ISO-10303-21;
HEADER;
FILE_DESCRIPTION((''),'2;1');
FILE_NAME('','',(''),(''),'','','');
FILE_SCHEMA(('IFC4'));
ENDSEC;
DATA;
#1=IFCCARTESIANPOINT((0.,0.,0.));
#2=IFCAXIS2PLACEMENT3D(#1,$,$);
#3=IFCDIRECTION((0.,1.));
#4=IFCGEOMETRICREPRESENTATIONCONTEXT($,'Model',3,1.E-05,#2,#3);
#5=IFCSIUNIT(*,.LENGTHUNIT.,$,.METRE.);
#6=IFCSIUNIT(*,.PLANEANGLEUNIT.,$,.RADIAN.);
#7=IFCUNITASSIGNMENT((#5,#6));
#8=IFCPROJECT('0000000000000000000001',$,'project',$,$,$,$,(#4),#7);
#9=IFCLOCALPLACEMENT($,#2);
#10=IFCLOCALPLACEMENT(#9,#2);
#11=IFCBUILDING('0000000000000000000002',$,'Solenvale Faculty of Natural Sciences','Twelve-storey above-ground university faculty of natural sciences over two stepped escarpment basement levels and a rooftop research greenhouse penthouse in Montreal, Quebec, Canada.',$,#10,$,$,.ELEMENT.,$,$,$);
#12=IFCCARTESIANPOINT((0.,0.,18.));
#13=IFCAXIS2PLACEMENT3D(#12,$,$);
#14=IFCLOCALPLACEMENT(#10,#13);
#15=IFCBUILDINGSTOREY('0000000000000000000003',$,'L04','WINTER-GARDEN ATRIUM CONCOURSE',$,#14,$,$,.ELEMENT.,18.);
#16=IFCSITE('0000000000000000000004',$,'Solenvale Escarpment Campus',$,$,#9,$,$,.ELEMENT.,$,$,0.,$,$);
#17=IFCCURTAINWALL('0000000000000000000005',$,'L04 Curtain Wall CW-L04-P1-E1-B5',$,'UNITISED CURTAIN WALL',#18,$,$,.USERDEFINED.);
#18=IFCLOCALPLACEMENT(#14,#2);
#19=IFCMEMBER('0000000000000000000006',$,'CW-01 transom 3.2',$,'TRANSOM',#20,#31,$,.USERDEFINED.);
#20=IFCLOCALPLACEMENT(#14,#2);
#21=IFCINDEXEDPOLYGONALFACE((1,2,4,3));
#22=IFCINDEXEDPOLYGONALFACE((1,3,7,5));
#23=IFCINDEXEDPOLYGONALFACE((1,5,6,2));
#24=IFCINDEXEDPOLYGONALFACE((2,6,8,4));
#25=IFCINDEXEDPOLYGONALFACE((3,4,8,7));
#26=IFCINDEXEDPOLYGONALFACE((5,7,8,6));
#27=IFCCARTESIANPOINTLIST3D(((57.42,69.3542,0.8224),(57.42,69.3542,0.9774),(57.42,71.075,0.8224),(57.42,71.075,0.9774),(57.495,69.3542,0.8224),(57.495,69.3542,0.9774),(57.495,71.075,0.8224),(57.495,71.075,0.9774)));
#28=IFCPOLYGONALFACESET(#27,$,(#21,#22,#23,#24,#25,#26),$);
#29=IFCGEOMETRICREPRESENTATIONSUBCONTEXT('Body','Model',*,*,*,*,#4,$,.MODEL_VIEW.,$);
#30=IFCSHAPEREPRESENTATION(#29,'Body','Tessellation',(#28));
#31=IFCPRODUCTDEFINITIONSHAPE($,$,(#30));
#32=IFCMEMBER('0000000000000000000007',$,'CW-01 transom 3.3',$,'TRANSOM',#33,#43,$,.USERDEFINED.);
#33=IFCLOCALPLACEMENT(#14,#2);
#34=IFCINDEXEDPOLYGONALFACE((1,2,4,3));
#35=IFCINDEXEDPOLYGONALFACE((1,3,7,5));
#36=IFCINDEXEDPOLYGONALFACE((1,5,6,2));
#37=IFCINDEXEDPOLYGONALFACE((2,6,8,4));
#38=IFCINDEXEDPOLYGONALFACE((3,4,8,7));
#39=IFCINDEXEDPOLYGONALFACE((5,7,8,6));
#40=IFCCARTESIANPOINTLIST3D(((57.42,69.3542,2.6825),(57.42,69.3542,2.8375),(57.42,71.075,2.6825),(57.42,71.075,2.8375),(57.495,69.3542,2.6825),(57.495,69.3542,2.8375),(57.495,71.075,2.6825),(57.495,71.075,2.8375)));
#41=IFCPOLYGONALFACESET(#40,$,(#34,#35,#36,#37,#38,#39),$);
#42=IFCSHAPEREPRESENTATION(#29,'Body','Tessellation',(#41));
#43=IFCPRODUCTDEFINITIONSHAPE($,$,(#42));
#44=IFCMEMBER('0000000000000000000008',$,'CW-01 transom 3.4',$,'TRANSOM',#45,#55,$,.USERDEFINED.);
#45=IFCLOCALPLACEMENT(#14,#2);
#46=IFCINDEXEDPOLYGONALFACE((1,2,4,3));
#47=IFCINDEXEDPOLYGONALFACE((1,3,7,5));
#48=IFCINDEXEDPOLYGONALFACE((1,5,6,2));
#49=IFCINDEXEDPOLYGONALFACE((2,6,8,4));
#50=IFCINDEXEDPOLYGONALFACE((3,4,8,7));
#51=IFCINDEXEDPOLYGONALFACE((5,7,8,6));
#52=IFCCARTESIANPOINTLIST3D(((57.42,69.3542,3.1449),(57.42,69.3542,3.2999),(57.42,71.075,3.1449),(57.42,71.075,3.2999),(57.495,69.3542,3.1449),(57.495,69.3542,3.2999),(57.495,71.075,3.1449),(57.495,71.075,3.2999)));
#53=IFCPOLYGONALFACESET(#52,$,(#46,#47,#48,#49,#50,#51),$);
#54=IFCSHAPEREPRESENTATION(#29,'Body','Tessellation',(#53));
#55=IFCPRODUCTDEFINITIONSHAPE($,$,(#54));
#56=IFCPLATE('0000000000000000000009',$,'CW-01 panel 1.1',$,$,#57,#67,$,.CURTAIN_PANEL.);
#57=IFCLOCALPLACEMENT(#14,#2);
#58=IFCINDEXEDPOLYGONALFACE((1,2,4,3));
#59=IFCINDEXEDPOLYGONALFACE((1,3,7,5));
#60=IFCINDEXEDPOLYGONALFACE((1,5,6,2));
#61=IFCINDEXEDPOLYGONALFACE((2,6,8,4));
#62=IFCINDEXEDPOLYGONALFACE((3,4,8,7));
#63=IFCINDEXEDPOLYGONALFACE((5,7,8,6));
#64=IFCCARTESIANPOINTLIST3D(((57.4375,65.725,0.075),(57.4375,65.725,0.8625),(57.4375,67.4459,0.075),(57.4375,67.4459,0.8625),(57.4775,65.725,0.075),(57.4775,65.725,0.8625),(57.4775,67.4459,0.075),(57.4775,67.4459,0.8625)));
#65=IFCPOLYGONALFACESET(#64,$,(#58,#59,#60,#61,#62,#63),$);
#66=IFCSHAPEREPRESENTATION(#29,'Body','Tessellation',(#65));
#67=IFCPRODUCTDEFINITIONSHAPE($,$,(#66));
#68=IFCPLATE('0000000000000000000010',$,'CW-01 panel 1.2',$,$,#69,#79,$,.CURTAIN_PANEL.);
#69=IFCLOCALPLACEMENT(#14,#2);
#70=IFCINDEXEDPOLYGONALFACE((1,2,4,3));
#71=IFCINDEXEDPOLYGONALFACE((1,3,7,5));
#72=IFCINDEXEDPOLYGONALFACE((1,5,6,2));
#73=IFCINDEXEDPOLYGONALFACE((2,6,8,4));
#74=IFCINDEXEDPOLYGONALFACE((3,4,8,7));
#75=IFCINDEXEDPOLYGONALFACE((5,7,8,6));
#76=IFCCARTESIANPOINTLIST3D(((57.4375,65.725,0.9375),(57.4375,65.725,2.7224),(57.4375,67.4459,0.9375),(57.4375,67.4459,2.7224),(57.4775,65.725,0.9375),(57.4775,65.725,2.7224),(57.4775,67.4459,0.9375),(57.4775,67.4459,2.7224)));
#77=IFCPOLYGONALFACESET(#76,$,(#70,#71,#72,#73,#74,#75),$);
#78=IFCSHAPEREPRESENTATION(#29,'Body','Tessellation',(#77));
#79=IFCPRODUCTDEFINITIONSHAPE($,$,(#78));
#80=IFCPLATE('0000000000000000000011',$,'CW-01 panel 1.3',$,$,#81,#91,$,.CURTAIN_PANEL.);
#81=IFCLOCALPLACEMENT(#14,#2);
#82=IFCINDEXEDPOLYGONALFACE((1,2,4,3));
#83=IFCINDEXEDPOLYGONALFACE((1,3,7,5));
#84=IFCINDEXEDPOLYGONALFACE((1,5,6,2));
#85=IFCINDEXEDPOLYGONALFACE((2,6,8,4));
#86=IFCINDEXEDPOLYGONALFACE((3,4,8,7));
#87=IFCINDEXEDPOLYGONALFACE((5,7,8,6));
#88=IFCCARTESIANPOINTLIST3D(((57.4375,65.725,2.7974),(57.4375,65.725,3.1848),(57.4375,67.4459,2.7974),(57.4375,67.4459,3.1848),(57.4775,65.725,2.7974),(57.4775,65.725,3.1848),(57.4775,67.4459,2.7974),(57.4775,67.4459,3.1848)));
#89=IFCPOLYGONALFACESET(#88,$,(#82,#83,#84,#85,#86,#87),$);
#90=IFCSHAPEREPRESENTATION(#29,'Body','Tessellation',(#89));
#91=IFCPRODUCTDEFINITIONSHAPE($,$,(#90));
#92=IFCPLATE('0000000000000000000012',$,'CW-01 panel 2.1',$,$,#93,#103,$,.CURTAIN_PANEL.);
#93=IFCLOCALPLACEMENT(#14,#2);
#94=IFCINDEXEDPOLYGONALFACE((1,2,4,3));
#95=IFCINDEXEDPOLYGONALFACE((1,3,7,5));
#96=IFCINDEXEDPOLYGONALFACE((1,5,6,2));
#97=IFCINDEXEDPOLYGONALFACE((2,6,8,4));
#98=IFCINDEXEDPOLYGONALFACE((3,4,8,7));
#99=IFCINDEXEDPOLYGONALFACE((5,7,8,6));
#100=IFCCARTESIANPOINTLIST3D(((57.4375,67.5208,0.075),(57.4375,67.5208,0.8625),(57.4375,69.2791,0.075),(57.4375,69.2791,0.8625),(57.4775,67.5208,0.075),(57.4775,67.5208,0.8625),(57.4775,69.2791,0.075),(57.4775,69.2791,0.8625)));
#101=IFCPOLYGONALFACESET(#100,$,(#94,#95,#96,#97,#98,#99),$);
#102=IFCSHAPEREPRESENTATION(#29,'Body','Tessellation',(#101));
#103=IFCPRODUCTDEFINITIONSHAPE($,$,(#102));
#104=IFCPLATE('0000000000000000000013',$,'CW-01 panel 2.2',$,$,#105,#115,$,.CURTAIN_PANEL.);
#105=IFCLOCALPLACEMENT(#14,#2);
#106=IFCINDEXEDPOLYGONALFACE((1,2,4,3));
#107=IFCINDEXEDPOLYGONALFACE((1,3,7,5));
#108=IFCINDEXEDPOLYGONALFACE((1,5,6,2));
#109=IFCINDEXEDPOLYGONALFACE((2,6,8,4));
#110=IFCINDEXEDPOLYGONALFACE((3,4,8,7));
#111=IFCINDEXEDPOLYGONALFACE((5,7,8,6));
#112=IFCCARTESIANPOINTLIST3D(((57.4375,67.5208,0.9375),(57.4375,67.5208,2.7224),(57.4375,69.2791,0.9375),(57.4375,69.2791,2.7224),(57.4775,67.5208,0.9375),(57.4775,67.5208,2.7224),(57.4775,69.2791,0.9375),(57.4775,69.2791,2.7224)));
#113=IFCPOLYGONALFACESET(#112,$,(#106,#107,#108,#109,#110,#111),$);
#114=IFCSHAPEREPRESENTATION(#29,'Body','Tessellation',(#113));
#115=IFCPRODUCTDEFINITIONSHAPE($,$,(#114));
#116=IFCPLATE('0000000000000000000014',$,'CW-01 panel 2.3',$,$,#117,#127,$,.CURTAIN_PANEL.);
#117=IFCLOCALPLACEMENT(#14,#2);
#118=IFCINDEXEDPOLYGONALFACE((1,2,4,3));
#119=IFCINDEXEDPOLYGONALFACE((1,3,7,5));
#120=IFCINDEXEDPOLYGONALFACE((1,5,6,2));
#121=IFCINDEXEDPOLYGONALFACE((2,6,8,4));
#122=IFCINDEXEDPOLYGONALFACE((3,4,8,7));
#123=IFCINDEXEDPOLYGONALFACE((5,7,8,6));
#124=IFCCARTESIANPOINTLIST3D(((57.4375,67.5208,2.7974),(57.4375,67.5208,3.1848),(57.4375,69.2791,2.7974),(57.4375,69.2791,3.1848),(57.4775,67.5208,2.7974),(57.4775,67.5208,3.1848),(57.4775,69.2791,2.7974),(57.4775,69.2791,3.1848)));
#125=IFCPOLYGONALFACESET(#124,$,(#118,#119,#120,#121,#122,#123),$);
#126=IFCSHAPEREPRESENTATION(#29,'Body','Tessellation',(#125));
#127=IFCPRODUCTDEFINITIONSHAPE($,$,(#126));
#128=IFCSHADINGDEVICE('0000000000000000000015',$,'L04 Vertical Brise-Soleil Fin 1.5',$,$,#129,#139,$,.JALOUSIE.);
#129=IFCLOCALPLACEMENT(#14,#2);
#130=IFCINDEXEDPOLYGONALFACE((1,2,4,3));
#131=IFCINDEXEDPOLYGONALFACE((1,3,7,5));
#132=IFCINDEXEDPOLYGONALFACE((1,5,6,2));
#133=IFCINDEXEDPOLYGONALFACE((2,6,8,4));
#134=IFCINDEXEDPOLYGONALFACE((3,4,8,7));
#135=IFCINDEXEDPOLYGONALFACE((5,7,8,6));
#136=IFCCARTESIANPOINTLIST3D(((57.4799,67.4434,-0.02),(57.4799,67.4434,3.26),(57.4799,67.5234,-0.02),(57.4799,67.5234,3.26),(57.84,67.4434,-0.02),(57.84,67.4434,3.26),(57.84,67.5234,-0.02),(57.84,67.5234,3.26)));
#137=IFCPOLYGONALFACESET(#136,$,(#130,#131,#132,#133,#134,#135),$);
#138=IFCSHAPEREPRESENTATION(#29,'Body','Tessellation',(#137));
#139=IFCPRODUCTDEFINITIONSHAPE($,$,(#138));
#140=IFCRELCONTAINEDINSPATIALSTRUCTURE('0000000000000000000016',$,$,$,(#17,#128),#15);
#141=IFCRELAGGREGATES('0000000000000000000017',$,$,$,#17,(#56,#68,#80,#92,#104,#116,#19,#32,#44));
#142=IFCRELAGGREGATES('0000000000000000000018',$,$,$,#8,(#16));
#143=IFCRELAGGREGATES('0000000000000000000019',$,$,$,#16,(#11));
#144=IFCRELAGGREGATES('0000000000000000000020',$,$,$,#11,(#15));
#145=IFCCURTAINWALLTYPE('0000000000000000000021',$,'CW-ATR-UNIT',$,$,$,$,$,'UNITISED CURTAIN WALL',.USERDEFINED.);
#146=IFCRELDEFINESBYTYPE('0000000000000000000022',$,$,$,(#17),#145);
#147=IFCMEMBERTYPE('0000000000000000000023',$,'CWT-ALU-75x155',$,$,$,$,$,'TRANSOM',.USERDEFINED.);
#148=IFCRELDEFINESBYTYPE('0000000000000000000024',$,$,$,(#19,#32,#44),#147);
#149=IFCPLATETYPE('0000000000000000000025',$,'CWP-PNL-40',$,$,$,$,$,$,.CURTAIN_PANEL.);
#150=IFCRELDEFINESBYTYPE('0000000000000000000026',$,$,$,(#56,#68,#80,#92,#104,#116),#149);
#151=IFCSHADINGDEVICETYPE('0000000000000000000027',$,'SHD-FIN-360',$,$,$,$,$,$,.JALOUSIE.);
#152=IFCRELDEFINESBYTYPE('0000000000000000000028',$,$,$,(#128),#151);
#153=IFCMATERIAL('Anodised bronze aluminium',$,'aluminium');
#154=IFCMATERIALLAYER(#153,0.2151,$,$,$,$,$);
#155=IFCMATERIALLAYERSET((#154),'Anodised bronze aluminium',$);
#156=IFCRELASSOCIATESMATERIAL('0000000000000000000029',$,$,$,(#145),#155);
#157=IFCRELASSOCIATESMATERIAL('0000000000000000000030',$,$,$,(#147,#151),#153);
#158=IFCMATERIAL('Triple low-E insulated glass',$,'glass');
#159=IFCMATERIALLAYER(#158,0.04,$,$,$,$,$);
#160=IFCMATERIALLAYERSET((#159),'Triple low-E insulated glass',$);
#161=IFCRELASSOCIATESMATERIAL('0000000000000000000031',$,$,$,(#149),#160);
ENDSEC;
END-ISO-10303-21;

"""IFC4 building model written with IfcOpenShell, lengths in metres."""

from ifc_helpers import new_model, si_unit, direction, frame, origin, origin_2d, place, context, subcontext, project, spatial, rectangle, extrude, material, layer, layer_set, material_profile, profile_set, type_object, element, aggregate, save


model = new_model("IFC4")

# Units and contexts
model_context = context("Model", 3, precision=1e-05, world=origin(), true_north=direction((0.0, 1.0)))
body_context = subcontext(model_context, "Body", "Model", "MODEL_VIEW")
ifc_project = project(units=[si_unit("LENGTHUNIT", "METRE"), si_unit("PLANEANGLEUNIT", "RADIAN")], contexts=[model_context])

# Site, building, storey
site_placement = place(None, origin())
site = spatial("IfcSite", under=ifc_project, at=site_placement, Name="Solenvale Escarpment Campus", CompositionType="ELEMENT", RefElevation=0.0)
building_placement = place(site_placement, origin())
building = spatial("IfcBuilding", under=site, at=building_placement, Name="Solenvale Faculty of Natural Sciences", Description="Twelve-storey above-ground university faculty of natural sciences over two stepped escarpment basement levels and a rooftop research greenhouse penthouse in Montreal, Quebec, Canada.", CompositionType="ELEMENT")
storey_placement = place(building_placement, frame((0.0, 0.0, 18.0)))
storey = spatial("IfcBuildingStorey", under=building, at=storey_placement, Name="L04", Description="WINTER-GARDEN ATRIUM CONCOURSE", CompositionType="ELEMENT", Elevation=18.0)

# Curtain wall, members, plates
ifc_material_1 = material(Name="Anodised bronze aluminium", Category="aluminium")
ifc_layer_1 = layer(ifc_material_1, 0.2151)
ifc_layer_set_1 = layer_set([ifc_layer_1], Name="Anodised bronze aluminium")
curtain_wall_type = type_object("IfcCurtainWallType", Name="CW-ATR-UNIT", ElementType="UNITISED CURTAIN WALL", PredefinedType="USERDEFINED", material=ifc_layer_set_1)
curtain_wall_placement = place(storey_placement, origin())
curtain_wall = element("IfcCurtainWall", 1, at=curtain_wall_placement, inside=storey, type_object=curtain_wall_type, Name="L04 Curtain Wall CW-L04-P1-E1-B5", ObjectType="UNITISED CURTAIN WALL", PredefinedType="USERDEFINED")
ifc_material_profile_1 = material_profile(ifc_material_1, rectangle(XDim=0.075, YDim=0.155, at=origin_2d()), Name="ALU-TRN-75x155")
ifc_profile_set_1 = profile_set([ifc_material_profile_1], Name="Anodised bronze aluminium")
member_type_1 = type_object("IfcMemberType", Name="CWT-ALU-75x155", ElementType="TRANSOM", PredefinedType="USERDEFINED", material=ifc_profile_set_1)
member_1_placement = place(storey_placement, frame((57.4575, 69.3542, 0.8999), z_axis=(0.0, 1.0, 0.0), x_axis=(-1.0, 0.0, 0.0)))
member_1 = element("IfcMember", 2, at=member_1_placement, type_object=member_type_1, Name="CW-01 transom 3.2", ObjectType="TRANSOM", PredefinedType="USERDEFINED", context=body_context, shape_type="SweptSolid", body=[
    extrude(rectangle(XDim=0.075, YDim=0.155, at=origin_2d()), origin(), (0.0, 0.0, 1.0), 1.7207),
])
member_2_placement = place(storey_placement, frame((57.4575, 69.3542, 2.76), z_axis=(0.0, 1.0, 0.0), x_axis=(-1.0, 0.0, 0.0)))
member_2 = element("IfcMember", 3, at=member_2_placement, type_object=member_type_1, Name="CW-01 transom 3.3", ObjectType="TRANSOM", PredefinedType="USERDEFINED", context=body_context, shape_type="SweptSolid", body=[
    extrude(rectangle(XDim=0.075, YDim=0.155, at=origin_2d()), origin(), (0.0, 0.0, 1.0), 1.7207),
])
member_3_placement = place(storey_placement, frame((57.4575, 69.3542, 3.2224), z_axis=(0.0, 1.0, 0.0), x_axis=(-1.0, 0.0, 0.0)))
member_3 = element("IfcMember", 4, at=member_3_placement, type_object=member_type_1, Name="CW-01 transom 3.4", ObjectType="TRANSOM", PredefinedType="USERDEFINED", context=body_context, shape_type="SweptSolid", body=[
    extrude(rectangle(XDim=0.075, YDim=0.155, at=origin_2d()), origin(), (0.0, 0.0, 1.0), 1.7207),
])
ifc_material_2 = material(Name="Triple low-E insulated glass", Category="glass")
ifc_layer_2 = layer(ifc_material_2, 0.04)
ifc_layer_set_2 = layer_set([ifc_layer_2], Name="Triple low-E insulated glass")
plate_type = type_object("IfcPlateType", Name="CWP-PNL-40", PredefinedType="CURTAIN_PANEL", material=ifc_layer_set_2)
plate_1_placement = place(storey_placement, frame((57.4575, 66.5854, 0.075), z_axis=(0.0, 0.0, 1.0), x_axis=(0.0, 1.0, 0.0)))
plate_1 = element("IfcPlate", 5, at=plate_1_placement, type_object=plate_type, Name="CW-01 panel 1.1", PredefinedType="CURTAIN_PANEL", context=body_context, shape_type="SweptSolid", body=[
    extrude(rectangle(XDim=1.7209, YDim=0.04, at=origin_2d()), origin(), (0.0, 0.0, 1.0), 0.7876),
])
plate_2_placement = place(storey_placement, frame((57.4575, 66.5854, 0.9375), z_axis=(0.0, 0.0, 1.0), x_axis=(0.0, 1.0, 0.0)))
plate_2 = element("IfcPlate", 6, at=plate_2_placement, type_object=plate_type, Name="CW-01 panel 1.2", PredefinedType="CURTAIN_PANEL", context=body_context, shape_type="SweptSolid", body=[
    extrude(rectangle(XDim=1.7209, YDim=0.04, at=origin_2d()), origin(), (0.0, 0.0, 1.0), 1.7849),
])
plate_3_placement = place(storey_placement, frame((57.4575, 66.5854, 2.7974), z_axis=(0.0, 0.0, 1.0), x_axis=(0.0, 1.0, 0.0)))
plate_3 = element("IfcPlate", 7, at=plate_3_placement, type_object=plate_type, Name="CW-01 panel 1.3", PredefinedType="CURTAIN_PANEL", context=body_context, shape_type="SweptSolid", body=[
    extrude(rectangle(XDim=1.7209, YDim=0.04, at=origin_2d()), origin(), (0.0, 0.0, 1.0), 0.3875),
])
plate_4_placement = place(storey_placement, frame((57.4575, 68.3999, 0.075), z_axis=(0.0, 0.0, 1.0), x_axis=(0.0, 1.0, 0.0)))
plate_4 = element("IfcPlate", 8, at=plate_4_placement, type_object=plate_type, Name="CW-01 panel 2.1", PredefinedType="CURTAIN_PANEL", context=body_context, shape_type="SweptSolid", body=[
    extrude(rectangle(XDim=1.7583, YDim=0.04, at=origin_2d()), origin(), (0.0, 0.0, 1.0), 0.7876),
])
plate_5_placement = place(storey_placement, frame((57.4575, 68.3999, 0.9375), z_axis=(0.0, 0.0, 1.0), x_axis=(0.0, 1.0, 0.0)))
plate_5 = element("IfcPlate", 9, at=plate_5_placement, type_object=plate_type, Name="CW-01 panel 2.2", PredefinedType="CURTAIN_PANEL", context=body_context, shape_type="SweptSolid", body=[
    extrude(rectangle(XDim=1.7583, YDim=0.04, at=origin_2d()), origin(), (0.0, 0.0, 1.0), 1.7849),
])
plate_6_placement = place(storey_placement, frame((57.4575, 68.3999, 2.7974), z_axis=(0.0, 0.0, 1.0), x_axis=(0.0, 1.0, 0.0)))
plate_6 = element("IfcPlate", 10, at=plate_6_placement, type_object=plate_type, Name="CW-01 panel 2.3", PredefinedType="CURTAIN_PANEL", context=body_context, shape_type="SweptSolid", body=[
    extrude(rectangle(XDim=1.7583, YDim=0.04, at=origin_2d()), origin(), (0.0, 0.0, 1.0), 0.3875),
])
aggregate(curtain_wall, [plate_1, plate_2, plate_3, plate_4, plate_5, plate_6, member_1, member_2, member_3])

# Shading device
ifc_material_profile_2 = material_profile(ifc_material_1, rectangle(XDim=0.0801, YDim=0.3601, at=origin_2d()), Name="ALU-FIN-80x360")
ifc_profile_set_2 = profile_set([ifc_material_profile_2], Name="Anodised bronze aluminium")
shading_device_type = type_object("IfcShadingDeviceType", Name="SHD-FIN-360", PredefinedType="JALOUSIE", material=ifc_profile_set_2)
shading_device_placement = place(storey_placement, frame((57.6599, 67.4834, -0.02), z_axis=(0.0, 0.0, 1.0), x_axis=(0.0, 1.0, 0.0)))
element("IfcShadingDevice", 11, at=shading_device_placement, inside=storey, type_object=shading_device_type, Name="L04 Vertical Brise-Soleil Fin 1.5", PredefinedType="JALOUSIE", context=body_context, shape_type="SweptSolid", body=[
    extrude(rectangle(XDim=0.0801, YDim=0.3601, at=origin_2d()), origin(), (0.0, 0.0, 1.0), 3.28),
])

save(model, "model.ifc")
